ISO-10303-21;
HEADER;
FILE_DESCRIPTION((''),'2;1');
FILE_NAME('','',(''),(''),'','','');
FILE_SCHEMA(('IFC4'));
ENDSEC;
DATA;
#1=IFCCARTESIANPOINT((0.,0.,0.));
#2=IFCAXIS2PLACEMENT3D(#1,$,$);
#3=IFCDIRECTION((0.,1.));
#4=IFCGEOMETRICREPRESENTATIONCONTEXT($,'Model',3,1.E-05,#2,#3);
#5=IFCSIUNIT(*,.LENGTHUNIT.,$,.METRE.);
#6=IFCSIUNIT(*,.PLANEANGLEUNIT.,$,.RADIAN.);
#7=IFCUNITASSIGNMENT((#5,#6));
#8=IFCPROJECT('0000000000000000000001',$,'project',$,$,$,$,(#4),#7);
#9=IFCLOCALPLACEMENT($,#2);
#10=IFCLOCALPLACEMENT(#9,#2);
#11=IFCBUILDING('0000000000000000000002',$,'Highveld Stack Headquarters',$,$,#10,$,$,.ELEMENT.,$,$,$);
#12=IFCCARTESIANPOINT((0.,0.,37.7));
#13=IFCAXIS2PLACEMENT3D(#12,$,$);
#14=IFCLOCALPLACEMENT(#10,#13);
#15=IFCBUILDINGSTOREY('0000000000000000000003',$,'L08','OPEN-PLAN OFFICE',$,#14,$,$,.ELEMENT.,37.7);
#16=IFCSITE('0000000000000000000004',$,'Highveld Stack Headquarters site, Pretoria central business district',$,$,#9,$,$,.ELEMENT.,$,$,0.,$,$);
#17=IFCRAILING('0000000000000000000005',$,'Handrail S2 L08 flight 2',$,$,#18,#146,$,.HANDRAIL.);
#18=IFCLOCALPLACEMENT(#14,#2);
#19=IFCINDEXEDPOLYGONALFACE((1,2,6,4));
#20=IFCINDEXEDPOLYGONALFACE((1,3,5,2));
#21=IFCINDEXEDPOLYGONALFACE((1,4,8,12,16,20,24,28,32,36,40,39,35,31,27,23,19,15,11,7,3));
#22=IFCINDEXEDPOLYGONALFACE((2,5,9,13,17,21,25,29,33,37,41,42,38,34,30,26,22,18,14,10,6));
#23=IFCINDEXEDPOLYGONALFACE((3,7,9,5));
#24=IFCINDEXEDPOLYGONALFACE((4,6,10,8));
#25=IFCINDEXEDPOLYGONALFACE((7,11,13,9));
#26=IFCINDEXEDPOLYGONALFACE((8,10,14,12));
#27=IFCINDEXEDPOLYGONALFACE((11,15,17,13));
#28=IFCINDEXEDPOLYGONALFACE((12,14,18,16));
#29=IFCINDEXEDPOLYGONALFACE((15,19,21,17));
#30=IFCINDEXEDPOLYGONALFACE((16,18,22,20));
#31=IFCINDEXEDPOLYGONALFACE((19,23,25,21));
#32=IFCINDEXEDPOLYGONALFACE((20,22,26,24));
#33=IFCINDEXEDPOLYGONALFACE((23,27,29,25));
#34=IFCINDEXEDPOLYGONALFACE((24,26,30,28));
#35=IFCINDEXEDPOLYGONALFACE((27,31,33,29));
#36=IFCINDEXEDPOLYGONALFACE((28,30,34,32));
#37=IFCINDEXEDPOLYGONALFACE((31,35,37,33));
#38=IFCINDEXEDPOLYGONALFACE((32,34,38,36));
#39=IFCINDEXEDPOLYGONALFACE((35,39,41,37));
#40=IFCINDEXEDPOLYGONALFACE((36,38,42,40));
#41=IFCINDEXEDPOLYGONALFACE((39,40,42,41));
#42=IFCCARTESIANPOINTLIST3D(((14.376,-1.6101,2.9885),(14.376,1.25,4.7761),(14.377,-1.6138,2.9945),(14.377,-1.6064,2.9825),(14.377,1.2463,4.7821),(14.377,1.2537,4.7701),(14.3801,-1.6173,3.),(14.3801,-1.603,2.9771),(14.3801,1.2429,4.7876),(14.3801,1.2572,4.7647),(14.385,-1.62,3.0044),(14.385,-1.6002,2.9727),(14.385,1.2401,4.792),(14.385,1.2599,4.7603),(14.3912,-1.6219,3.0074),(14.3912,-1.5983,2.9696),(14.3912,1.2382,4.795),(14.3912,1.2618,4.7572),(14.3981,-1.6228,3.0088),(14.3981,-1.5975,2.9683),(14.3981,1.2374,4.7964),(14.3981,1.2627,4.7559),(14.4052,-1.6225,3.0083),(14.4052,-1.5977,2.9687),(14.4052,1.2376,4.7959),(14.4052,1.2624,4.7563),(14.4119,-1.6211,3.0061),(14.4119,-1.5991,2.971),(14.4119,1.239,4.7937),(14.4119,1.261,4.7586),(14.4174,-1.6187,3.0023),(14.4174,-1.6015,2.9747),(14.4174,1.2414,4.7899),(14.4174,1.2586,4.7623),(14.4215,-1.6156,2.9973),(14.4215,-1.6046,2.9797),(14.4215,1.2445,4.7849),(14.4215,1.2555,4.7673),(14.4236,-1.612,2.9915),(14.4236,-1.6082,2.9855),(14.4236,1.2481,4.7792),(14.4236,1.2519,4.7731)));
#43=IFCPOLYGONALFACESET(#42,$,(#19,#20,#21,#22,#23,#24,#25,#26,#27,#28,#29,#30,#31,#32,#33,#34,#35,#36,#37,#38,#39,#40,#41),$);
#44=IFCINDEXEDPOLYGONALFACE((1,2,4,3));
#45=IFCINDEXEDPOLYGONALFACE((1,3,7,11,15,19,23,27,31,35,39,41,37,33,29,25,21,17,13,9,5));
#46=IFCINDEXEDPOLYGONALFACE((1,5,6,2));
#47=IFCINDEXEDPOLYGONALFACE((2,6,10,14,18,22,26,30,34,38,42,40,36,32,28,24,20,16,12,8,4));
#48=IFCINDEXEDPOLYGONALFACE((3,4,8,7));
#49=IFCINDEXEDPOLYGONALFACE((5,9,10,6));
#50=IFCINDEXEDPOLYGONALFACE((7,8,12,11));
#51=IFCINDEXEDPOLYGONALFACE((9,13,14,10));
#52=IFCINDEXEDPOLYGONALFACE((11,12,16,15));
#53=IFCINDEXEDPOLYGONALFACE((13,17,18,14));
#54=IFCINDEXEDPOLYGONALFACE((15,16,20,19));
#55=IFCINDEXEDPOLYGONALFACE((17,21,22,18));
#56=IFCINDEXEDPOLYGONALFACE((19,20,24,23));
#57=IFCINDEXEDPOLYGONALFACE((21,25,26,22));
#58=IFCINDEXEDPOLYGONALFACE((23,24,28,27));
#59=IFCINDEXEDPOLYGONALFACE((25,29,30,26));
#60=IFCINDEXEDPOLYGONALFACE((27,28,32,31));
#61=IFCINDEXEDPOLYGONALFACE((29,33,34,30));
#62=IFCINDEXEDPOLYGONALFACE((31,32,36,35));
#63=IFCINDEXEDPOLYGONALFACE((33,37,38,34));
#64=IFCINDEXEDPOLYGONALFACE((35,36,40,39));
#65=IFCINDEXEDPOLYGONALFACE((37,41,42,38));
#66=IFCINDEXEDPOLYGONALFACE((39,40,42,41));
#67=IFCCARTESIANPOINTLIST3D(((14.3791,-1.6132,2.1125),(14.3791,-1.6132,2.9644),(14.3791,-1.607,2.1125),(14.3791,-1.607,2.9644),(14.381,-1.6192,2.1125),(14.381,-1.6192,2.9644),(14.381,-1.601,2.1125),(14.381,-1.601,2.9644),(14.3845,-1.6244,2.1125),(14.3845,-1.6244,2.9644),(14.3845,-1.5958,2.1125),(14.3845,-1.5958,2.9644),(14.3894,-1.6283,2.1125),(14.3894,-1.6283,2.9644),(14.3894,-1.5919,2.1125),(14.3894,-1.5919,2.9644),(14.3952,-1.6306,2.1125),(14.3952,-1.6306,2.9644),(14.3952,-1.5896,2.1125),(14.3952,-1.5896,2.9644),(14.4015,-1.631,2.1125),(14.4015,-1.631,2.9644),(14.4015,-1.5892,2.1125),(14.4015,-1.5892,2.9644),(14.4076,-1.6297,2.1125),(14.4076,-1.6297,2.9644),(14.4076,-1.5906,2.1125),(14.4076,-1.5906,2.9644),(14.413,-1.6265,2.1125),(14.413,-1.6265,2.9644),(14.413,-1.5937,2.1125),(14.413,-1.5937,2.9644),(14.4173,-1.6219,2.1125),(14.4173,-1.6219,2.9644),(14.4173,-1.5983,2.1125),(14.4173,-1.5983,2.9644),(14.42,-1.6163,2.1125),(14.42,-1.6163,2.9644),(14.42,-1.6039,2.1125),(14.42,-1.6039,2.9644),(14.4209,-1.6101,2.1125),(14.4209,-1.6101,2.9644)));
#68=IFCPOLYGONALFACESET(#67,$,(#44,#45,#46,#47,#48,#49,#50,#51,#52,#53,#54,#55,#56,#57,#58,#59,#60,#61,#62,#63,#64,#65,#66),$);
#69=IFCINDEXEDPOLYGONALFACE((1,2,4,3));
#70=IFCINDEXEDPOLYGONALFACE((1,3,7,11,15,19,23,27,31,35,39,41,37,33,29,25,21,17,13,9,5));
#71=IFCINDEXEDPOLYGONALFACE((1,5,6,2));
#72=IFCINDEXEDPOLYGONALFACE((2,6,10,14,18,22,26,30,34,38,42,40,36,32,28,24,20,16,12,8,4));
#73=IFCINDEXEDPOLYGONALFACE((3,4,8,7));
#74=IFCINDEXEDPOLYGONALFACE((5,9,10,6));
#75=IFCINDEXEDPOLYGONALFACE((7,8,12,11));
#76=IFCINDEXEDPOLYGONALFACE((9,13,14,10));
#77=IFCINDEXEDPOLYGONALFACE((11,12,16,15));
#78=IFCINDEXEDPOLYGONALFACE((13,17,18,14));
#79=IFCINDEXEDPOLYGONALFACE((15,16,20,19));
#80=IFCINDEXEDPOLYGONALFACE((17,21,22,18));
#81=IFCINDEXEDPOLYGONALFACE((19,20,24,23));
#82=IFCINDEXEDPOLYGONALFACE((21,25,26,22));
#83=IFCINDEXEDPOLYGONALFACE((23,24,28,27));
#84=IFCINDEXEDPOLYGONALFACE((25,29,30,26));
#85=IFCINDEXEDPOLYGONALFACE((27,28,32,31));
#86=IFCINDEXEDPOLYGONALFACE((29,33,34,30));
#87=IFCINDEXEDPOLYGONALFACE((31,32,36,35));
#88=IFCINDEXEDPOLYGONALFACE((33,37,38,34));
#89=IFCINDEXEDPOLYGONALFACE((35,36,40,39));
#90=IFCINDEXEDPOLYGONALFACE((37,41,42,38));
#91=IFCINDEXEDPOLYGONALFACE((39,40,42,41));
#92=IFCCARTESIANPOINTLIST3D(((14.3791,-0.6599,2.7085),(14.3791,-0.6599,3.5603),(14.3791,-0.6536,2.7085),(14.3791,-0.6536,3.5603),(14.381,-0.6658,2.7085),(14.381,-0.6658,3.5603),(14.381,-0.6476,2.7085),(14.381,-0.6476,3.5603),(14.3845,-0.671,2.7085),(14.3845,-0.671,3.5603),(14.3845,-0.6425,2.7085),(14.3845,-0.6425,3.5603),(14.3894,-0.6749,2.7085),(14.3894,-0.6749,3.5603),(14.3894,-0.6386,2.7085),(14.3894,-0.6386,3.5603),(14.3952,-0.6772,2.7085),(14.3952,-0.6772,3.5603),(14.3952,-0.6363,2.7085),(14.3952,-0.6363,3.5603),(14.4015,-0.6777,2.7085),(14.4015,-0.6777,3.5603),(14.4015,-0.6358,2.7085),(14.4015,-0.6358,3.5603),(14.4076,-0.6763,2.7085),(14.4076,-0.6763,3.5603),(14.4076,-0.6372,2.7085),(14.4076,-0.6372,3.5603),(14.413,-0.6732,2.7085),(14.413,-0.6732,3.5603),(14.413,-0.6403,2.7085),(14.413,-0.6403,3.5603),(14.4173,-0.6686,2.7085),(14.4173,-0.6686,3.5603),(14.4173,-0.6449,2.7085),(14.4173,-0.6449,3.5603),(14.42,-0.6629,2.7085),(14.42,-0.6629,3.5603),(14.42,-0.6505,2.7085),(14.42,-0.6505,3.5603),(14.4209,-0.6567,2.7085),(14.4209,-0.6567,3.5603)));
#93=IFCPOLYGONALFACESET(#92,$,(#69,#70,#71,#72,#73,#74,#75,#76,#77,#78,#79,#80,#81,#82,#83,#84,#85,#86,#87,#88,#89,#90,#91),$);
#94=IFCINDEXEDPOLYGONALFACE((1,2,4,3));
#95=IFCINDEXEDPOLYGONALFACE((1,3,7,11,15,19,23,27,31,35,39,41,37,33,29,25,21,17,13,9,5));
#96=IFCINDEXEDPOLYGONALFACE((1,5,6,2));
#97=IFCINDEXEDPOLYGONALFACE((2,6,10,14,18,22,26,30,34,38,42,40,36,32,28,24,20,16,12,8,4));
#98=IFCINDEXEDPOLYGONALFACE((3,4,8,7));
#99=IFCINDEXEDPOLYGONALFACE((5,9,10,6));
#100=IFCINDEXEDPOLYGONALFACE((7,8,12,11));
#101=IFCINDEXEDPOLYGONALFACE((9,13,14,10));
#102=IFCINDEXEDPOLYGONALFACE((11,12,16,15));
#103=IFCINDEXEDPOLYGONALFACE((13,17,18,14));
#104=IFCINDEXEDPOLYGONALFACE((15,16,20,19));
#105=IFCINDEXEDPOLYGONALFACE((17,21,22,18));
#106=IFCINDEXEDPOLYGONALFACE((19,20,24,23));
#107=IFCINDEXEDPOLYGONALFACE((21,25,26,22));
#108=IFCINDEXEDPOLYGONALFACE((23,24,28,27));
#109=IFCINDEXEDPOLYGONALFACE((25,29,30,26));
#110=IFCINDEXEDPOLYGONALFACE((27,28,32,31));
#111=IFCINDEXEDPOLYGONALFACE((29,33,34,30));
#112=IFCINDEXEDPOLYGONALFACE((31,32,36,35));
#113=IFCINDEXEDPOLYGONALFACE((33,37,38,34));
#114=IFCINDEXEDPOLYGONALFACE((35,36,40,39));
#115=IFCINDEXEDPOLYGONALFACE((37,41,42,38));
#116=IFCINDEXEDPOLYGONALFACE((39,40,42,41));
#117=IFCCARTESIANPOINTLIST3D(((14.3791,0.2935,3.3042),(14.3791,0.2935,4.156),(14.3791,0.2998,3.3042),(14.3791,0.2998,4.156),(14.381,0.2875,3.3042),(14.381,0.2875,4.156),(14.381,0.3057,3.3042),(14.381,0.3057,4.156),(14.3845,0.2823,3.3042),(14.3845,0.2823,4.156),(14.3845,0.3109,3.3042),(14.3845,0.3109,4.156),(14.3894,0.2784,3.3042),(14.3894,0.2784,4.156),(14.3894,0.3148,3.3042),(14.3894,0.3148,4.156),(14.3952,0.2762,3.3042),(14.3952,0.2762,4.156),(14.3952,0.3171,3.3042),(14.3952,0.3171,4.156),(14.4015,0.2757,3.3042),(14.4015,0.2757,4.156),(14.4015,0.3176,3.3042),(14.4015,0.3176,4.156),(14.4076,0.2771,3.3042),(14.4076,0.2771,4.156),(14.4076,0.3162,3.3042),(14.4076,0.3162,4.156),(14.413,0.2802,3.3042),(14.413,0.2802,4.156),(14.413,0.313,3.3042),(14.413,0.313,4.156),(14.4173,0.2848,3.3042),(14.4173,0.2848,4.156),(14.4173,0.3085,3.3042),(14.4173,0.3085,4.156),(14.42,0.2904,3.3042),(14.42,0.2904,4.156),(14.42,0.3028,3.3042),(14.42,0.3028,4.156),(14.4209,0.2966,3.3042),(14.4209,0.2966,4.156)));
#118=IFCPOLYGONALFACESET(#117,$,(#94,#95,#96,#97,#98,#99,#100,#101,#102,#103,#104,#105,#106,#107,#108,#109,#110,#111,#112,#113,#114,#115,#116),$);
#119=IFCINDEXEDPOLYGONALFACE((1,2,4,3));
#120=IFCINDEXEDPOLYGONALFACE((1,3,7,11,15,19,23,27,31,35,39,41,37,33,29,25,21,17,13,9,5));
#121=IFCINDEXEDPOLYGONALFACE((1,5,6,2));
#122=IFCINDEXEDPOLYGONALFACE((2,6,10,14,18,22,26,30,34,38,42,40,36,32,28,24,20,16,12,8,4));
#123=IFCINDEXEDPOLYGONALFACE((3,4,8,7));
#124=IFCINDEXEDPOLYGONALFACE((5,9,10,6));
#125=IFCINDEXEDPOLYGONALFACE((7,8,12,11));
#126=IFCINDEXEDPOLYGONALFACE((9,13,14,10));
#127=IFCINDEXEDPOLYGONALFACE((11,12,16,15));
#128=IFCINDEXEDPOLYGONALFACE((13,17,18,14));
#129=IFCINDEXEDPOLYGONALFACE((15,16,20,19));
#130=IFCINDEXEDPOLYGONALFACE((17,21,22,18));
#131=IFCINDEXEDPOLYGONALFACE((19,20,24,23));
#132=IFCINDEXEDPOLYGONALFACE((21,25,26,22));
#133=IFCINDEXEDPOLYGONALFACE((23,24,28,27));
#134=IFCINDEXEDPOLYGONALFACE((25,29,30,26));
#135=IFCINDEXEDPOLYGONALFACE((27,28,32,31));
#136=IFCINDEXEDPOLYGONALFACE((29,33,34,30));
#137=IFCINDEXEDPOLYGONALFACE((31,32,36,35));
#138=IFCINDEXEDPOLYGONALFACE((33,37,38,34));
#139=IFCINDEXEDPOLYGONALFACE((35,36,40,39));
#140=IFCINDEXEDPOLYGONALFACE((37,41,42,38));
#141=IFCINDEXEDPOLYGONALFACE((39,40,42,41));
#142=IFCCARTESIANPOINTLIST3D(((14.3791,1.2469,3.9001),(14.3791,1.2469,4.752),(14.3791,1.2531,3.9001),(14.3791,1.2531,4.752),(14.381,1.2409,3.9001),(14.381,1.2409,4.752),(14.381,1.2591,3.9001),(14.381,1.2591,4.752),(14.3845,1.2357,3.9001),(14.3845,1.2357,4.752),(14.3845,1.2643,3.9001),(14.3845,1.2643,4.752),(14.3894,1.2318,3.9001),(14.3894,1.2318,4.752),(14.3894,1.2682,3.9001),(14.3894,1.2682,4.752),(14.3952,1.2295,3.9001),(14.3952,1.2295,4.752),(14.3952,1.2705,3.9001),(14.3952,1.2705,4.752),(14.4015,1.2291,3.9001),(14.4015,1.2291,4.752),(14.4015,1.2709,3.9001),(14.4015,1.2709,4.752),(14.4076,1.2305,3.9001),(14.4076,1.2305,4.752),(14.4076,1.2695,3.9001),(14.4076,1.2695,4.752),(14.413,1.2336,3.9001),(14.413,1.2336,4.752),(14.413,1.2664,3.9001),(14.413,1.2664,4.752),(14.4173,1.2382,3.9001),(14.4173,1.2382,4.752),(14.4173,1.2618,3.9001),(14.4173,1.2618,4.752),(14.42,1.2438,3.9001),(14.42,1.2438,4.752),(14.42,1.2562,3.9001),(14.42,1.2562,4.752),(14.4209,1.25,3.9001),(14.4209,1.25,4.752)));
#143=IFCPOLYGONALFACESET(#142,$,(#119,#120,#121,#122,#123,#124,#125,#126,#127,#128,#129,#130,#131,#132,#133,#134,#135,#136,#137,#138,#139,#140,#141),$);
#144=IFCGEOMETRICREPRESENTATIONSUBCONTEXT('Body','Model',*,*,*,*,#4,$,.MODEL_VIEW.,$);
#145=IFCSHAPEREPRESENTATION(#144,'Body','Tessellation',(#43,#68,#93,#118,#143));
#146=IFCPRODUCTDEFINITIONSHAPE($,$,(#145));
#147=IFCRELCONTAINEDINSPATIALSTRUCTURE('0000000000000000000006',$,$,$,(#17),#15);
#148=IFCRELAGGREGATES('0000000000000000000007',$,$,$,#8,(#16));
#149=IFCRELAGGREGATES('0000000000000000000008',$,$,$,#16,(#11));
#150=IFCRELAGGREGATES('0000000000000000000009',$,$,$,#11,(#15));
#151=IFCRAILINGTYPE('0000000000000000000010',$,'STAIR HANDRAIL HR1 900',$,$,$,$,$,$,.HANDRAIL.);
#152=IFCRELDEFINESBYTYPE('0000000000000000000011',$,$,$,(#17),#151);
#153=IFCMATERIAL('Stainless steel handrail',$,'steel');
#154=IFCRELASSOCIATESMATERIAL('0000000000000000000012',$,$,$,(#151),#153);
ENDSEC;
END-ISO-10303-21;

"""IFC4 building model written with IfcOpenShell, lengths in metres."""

from ifc_helpers import new_model, si_unit, direction, frame, origin, origin_2d, place, context, subcontext, project, spatial, circle, extrude, material, type_object, element, save


model = new_model("IFC4")

# Units and contexts
model_context = context("Model", 3, precision=1e-05, world=origin(), true_north=direction((0.0, 1.0)))
body_context = subcontext(model_context, "Body", "Model", "MODEL_VIEW")
ifc_project = project(units=[si_unit("LENGTHUNIT", "METRE"), si_unit("PLANEANGLEUNIT", "RADIAN")], contexts=[model_context])

# Site, building, storey
site_placement = place(None, origin())
site = spatial("IfcSite", under=ifc_project, at=site_placement, Name="Highveld Stack Headquarters site, Pretoria central business district", CompositionType="ELEMENT", RefElevation=0.0)
building_placement = place(site_placement, origin())
building = spatial("IfcBuilding", under=site, at=building_placement, Name="Highveld Stack Headquarters", CompositionType="ELEMENT")
storey_placement = place(building_placement, frame((0.0, 0.0, 37.7)))
storey = spatial("IfcBuildingStorey", under=building, at=storey_placement, Name="L08", Description="OPEN-PLAN OFFICE", CompositionType="ELEMENT", Elevation=37.7)

# Railing
ifc_material_1 = material(Name="Stainless steel handrail", Category="steel")
railing_type = type_object("IfcRailingType", Name="STAIR HANDRAIL HR1 900", PredefinedType="HANDRAIL", material=ifc_material_1)
for number, where, name in (
    (1, (14.3999, -1.6101, 2.1125), "Handrail S2 L08 flight 2"),
):
    element("IfcRailing", number, at=place(storey_placement, frame(where)), inside=storey, type_object=railing_type, Name=name, PredefinedType="HANDRAIL", context=body_context, shape_type="SweptSolid", body=[
        extrude(circle(Radius=0.0239, at=origin_2d()), frame((0.0, 0.0, 0.876), z_axis=(0.0, 0.847994, 0.530005), x_axis=(-1.0, 0.0, 0.0)), (0.0, 0.0, 1.0), 3.3728),
        extrude(circle(Radius=0.021, at=origin_2d()), origin(), (0.0, 0.0, 1.0), 0.8518),
        extrude(circle(Radius=0.021, at=origin_2d()), frame((0.0, 0.9534, 0.5959)), (0.0, 0.0, 1.0), 0.8518),
        extrude(circle(Radius=0.021, at=origin_2d()), frame((0.0, 1.9067, 1.1917)), (0.0, 0.0, 1.0), 0.8518),
        extrude(circle(Radius=0.021, at=origin_2d()), frame((0.0, 2.8601, 1.7876)), (0.0, 0.0, 1.0), 0.8518),
    ])

save(model, "model.ifc")
